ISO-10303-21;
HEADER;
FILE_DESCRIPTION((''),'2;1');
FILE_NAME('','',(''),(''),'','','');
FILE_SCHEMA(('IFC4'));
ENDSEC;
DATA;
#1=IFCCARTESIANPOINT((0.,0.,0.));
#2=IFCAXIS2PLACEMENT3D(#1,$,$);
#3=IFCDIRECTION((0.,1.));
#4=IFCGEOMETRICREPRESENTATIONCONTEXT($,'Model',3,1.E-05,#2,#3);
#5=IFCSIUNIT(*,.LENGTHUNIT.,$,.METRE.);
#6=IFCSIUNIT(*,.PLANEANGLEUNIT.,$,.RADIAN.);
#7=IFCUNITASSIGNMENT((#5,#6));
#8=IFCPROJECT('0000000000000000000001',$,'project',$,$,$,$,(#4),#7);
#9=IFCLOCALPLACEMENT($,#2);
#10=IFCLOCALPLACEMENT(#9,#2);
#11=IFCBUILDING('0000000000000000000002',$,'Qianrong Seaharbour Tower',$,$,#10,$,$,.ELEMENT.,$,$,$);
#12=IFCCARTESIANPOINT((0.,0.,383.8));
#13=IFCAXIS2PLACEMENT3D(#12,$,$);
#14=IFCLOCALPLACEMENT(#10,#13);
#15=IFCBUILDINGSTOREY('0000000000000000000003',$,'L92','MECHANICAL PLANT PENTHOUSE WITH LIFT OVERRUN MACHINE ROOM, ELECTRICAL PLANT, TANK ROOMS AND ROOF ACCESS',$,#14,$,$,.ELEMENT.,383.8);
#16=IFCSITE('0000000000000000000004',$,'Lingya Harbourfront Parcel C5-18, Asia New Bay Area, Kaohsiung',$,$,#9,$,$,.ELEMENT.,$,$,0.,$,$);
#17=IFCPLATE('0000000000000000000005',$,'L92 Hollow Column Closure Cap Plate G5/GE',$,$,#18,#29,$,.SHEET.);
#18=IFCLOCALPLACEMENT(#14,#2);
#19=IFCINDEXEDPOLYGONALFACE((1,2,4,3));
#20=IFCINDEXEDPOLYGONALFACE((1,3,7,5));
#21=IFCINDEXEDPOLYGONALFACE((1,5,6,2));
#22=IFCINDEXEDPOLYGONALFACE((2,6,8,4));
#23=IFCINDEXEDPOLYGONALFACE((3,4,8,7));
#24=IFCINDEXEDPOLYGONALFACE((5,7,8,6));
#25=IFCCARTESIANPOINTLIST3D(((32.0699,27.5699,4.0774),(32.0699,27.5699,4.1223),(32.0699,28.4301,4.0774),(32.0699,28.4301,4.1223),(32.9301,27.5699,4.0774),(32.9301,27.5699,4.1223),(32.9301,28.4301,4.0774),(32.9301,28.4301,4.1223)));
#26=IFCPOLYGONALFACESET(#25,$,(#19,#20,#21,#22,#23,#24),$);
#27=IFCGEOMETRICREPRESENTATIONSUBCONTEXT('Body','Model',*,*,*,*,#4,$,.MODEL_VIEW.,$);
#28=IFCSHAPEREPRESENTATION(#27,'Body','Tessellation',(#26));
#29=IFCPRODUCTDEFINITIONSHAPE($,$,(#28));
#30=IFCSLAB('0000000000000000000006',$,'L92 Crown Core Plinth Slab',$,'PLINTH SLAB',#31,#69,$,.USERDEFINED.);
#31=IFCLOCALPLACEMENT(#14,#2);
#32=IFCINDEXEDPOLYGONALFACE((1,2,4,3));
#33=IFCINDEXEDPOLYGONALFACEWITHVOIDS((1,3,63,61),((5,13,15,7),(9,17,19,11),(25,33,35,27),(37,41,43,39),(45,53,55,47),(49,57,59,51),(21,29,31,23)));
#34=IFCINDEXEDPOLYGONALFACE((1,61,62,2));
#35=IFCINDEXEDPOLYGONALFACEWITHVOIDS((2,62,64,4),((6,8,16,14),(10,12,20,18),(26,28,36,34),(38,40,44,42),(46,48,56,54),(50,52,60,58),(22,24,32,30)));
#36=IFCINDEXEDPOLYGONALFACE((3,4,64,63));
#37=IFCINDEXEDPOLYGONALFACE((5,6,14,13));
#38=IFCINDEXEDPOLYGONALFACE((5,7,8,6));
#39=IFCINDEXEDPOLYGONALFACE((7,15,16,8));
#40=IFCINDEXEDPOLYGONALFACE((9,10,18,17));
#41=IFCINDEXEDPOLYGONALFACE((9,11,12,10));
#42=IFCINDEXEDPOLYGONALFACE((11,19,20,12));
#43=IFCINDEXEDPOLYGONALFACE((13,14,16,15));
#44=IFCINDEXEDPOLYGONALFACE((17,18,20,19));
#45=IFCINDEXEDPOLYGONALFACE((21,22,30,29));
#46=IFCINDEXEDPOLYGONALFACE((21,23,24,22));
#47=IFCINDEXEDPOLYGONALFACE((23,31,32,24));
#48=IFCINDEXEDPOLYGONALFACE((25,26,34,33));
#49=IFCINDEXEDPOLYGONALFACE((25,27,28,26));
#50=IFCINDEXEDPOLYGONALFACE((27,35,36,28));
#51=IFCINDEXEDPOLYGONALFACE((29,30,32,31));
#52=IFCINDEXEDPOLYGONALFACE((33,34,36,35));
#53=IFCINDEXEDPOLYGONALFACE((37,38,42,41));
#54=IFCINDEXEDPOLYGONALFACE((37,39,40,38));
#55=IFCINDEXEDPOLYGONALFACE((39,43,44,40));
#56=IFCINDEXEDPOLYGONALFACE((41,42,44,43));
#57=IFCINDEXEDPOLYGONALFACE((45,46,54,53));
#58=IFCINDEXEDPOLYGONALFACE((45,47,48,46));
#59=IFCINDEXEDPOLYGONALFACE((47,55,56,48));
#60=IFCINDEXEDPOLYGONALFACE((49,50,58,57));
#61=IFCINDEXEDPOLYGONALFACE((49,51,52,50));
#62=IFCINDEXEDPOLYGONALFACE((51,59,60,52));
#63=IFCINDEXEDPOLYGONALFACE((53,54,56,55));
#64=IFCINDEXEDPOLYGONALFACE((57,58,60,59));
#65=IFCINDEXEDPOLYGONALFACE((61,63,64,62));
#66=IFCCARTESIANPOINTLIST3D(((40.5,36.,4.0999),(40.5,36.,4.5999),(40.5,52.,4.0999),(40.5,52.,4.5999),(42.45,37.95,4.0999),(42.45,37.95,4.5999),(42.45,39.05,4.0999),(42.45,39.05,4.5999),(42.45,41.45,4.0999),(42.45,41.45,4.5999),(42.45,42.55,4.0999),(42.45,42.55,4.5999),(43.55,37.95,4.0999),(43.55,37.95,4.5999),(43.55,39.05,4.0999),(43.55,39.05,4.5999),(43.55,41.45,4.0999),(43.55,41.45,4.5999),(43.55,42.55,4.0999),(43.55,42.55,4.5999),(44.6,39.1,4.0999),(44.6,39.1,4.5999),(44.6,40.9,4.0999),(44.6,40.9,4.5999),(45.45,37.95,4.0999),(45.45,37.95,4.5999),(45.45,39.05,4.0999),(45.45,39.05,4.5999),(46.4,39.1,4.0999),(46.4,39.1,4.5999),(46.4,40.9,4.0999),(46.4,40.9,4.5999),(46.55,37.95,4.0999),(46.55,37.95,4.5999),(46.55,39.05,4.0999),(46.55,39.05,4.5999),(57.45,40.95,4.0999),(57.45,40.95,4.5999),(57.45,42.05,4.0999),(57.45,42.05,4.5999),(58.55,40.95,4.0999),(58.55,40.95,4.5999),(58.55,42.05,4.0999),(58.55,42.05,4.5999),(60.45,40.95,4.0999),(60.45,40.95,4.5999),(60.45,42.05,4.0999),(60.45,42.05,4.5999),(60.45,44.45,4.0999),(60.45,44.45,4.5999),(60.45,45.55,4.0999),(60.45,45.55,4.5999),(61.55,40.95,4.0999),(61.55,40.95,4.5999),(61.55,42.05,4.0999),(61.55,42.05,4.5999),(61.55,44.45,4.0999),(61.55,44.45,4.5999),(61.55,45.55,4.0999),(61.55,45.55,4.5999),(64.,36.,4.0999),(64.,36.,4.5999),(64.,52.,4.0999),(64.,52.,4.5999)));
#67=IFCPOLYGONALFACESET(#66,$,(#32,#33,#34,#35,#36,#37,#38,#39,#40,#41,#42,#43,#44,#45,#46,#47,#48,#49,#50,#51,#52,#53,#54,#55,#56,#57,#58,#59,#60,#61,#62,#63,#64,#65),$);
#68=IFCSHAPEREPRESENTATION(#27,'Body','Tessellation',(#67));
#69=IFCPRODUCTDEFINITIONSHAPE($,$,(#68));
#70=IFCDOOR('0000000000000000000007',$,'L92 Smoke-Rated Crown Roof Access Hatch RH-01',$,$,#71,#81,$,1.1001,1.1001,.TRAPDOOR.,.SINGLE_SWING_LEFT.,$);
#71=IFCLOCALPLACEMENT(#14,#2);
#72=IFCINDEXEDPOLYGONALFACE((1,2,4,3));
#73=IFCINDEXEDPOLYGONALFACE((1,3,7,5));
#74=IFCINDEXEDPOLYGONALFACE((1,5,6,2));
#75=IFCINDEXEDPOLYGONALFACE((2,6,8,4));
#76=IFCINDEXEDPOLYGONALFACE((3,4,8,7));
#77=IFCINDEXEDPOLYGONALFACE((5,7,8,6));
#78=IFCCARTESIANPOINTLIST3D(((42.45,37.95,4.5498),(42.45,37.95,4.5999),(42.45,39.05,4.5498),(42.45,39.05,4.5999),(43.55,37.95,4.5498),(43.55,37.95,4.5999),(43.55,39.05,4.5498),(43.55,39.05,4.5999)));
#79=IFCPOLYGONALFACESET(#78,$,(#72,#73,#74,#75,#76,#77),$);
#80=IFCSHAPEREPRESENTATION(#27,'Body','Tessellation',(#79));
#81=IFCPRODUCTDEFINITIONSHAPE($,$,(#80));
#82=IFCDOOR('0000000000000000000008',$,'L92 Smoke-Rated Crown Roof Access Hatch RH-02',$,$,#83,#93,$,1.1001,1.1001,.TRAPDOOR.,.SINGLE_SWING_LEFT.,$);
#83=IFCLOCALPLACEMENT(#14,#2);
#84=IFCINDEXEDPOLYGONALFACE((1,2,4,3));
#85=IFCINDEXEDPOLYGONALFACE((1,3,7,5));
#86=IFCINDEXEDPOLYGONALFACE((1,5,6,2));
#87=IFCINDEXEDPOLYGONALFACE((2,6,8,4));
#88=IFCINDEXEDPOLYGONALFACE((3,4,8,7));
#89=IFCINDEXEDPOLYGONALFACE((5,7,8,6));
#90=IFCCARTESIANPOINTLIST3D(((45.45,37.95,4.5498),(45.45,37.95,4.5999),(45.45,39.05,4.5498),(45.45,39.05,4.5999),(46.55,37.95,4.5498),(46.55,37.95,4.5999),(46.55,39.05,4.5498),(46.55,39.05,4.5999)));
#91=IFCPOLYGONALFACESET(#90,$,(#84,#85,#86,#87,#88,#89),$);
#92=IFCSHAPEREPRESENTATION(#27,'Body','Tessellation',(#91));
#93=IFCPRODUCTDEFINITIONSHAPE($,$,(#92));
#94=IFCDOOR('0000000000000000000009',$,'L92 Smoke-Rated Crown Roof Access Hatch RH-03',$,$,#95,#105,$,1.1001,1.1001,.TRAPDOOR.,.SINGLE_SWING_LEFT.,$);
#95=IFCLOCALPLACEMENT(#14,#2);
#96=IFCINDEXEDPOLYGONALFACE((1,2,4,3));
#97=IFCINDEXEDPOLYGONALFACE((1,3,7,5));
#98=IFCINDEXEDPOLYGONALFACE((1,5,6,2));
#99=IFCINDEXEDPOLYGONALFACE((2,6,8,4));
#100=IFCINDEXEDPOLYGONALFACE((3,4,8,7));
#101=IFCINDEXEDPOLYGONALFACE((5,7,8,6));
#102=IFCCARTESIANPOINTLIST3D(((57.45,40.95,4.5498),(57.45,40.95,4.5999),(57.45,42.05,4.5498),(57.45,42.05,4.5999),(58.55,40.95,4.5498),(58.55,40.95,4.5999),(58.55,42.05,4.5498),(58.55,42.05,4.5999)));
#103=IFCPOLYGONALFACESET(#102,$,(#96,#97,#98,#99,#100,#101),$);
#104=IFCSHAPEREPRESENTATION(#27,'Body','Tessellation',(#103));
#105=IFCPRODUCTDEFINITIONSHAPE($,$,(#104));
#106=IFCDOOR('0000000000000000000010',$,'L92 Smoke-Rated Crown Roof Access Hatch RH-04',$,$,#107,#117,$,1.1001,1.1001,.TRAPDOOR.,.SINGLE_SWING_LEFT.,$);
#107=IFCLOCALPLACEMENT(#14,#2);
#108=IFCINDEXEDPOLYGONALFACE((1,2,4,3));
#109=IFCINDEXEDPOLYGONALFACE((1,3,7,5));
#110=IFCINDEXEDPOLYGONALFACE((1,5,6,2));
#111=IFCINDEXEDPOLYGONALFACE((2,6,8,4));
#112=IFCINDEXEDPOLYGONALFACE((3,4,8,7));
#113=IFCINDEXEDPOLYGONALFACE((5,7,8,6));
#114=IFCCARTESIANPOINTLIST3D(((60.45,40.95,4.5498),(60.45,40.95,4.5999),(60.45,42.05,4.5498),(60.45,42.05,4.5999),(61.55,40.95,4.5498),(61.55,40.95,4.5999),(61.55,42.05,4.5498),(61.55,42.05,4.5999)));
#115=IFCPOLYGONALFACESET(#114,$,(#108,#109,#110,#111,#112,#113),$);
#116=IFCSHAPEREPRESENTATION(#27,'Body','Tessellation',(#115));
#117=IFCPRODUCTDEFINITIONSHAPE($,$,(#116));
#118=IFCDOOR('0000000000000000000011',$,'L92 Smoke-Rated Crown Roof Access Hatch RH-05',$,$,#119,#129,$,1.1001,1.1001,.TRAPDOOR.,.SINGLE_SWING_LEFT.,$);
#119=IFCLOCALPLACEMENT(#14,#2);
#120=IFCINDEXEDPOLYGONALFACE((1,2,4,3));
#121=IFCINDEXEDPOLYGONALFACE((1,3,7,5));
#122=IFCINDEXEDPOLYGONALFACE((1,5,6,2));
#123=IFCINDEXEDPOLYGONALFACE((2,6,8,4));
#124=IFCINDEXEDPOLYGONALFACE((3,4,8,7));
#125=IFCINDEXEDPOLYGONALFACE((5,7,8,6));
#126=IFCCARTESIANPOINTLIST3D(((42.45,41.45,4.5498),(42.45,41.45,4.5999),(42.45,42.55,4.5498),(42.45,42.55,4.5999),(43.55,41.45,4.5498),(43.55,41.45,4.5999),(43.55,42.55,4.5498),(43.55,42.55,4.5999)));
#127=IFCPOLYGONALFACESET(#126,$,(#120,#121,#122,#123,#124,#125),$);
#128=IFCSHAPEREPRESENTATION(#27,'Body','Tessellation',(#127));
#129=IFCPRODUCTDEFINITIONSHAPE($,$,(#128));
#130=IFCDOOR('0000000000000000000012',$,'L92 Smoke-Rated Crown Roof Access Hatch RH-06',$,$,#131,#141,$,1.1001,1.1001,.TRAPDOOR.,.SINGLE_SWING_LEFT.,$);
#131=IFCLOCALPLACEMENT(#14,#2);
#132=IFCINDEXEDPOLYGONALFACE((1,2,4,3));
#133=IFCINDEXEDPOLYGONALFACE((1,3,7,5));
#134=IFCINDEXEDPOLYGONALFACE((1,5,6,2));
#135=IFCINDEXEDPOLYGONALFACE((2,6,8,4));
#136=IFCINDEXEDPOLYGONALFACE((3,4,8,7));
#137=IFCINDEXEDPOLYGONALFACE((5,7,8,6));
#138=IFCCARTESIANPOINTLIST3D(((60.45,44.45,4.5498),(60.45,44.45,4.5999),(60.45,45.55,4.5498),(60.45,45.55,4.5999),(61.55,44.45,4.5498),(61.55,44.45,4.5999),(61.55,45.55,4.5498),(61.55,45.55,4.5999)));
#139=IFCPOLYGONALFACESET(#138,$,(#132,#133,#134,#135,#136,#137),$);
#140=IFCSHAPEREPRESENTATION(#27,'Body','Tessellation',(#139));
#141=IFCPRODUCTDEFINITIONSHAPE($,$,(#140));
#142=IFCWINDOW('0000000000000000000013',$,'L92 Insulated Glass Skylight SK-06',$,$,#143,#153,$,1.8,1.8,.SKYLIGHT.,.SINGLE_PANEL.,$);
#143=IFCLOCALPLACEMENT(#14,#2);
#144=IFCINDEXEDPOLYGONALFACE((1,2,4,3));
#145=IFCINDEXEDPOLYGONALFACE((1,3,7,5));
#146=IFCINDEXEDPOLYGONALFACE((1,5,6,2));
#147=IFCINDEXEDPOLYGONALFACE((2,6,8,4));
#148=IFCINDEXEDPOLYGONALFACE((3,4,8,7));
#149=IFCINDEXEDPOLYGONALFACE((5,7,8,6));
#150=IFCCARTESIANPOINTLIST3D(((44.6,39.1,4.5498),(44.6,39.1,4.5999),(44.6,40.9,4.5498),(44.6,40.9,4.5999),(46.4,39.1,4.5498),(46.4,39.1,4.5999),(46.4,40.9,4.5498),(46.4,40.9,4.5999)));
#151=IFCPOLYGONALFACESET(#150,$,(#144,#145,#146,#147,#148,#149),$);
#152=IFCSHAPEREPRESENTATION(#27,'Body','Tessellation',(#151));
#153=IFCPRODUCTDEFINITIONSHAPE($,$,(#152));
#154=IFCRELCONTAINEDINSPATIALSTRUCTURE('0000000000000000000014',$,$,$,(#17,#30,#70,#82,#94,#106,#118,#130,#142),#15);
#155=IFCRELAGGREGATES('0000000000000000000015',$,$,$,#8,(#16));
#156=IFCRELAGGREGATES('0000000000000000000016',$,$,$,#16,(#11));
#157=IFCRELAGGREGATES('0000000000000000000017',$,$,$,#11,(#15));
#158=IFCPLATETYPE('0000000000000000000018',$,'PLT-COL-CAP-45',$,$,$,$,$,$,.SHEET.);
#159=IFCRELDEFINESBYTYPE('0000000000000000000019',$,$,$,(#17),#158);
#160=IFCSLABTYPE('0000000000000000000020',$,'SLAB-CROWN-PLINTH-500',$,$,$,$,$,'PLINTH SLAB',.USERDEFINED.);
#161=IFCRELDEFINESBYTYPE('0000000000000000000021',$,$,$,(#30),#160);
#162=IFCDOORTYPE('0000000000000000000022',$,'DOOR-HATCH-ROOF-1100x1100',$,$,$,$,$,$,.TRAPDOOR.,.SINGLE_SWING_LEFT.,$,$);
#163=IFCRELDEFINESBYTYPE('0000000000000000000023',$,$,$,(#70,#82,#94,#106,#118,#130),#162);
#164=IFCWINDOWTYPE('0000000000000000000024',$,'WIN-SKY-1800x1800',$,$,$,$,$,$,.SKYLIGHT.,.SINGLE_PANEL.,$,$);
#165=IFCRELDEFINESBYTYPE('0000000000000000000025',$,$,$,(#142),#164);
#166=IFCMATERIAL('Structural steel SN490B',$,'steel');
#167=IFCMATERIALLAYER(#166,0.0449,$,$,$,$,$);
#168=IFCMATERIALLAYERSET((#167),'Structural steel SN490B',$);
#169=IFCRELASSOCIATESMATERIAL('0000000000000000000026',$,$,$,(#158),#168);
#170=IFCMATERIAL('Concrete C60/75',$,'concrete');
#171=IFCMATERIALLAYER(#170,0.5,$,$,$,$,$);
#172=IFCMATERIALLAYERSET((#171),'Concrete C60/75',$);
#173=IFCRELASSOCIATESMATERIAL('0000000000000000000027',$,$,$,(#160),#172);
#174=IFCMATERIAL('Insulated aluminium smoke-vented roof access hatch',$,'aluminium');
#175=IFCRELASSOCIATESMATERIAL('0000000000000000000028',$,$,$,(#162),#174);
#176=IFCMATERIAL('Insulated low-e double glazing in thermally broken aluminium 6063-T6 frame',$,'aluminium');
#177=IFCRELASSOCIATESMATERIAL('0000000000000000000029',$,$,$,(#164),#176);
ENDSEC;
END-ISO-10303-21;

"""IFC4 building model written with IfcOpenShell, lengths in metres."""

from ifc_helpers import new_model, si_unit, direction, frame, origin, origin_2d, place, context, subcontext, project, spatial, polyline, rectangle, outline, extrude, material, layer, layer_set, type_object, element, fill, save


model = new_model("IFC4")

# Units and contexts
model_context = context("Model", 3, precision=1e-05, world=origin(), true_north=direction((0.0, 1.0)))
body_context = subcontext(model_context, "Body", "Model", "MODEL_VIEW")
ifc_project = project(units=[si_unit("LENGTHUNIT", "METRE"), si_unit("PLANEANGLEUNIT", "RADIAN")], contexts=[model_context])

# Site, building, storey
site_placement = place(None, origin())
site = spatial("IfcSite", under=ifc_project, at=site_placement, Name="Lingya Harbourfront Parcel C5-18, Asia New Bay Area, Kaohsiung", CompositionType="ELEMENT", RefElevation=0.0)
building_placement = place(site_placement, origin())
building = spatial("IfcBuilding", under=site, at=building_placement, Name="Qianrong Seaharbour Tower", CompositionType="ELEMENT")
storey_placement = place(building_placement, frame((0.0, 0.0, 383.8)))
storey = spatial("IfcBuildingStorey", under=building, at=storey_placement, Name="L92", Description="MECHANICAL PLANT PENTHOUSE WITH LIFT OVERRUN MACHINE ROOM, ELECTRICAL PLANT, TANK ROOMS AND ROOF ACCESS", CompositionType="ELEMENT", Elevation=383.8)

# Shared definitions
ifc_material_1 = material(Name="Structural steel SN490B", Category="steel")

# Plate
ifc_layer_1 = layer(ifc_material_1, 0.0449)
ifc_layer_set_1 = layer_set([ifc_layer_1], Name="Structural steel SN490B")
plate_type = type_object("IfcPlateType", Name="PLT-COL-CAP-45", PredefinedType="SHEET", material=ifc_layer_set_1)
plate_1_placement = place(storey_placement, frame((32.5, 28.0, 4.0774), z_axis=(0.0, 0.0, 1.0), x_axis=(1.0, 0.0, 0.0)))
element("IfcPlate", 1, at=plate_1_placement, inside=storey, type_object=plate_type, Name="L92 Hollow Column Closure Cap Plate G5/GE", PredefinedType="SHEET", context=body_context, shape_type="SweptSolid", body=[
    extrude(rectangle(XDim=0.8601, YDim=0.8601, at=origin_2d()), origin(), (0.0, 0.0, 1.0), 0.0449),
])

# Slab, openings, doors, window
ifc_material_2 = material(Name="Concrete C60/75", Category="concrete")
ifc_layer_2 = layer(ifc_material_2, 0.5)
ifc_layer_set_2 = layer_set([ifc_layer_2], Name="Concrete C60/75")
slab_type_1 = type_object("IfcSlabType", Name="SLAB-CROWN-PLINTH-500", ElementType="PLINTH SLAB", PredefinedType="USERDEFINED", material=ifc_layer_set_2)
slab_1_placement = place(storey_placement, frame((0.0, 0.0, 4.0999)))
slab_1 = element("IfcSlab", 2, at=slab_1_placement, inside=storey, type_object=slab_type_1, Name="L92 Crown Core Plinth Slab", ObjectType="PLINTH SLAB", PredefinedType="USERDEFINED", context=body_context, shape_type="SweptSolid", body=[
    extrude(outline(polyline([(40.5, 36.0), (64.0, 36.0), (64.0, 52.0), (40.5, 52.0), (40.5, 36.0)])), origin(), (0.0, 0.0, 1.0), 0.5),
])
opening_1_placement = place(slab_1_placement, frame((45.5, 40.0, -0.01)))
opening_1 = element("IfcOpeningElement", 3, at=opening_1_placement, cuts=slab_1, PredefinedType="OPENING", context=body_context, shape_type="SweptSolid", body=[
    extrude(rectangle(XDim=1.8, YDim=1.8, at=origin_2d()), origin(), (0.0, 0.0, 1.0), 0.52),
])
opening_2_placement = place(slab_1_placement, frame((43.0, 38.5, -0.01)))
opening_2 = element("IfcOpeningElement", 4, at=opening_2_placement, cuts=slab_1, PredefinedType="OPENING", context=body_context, shape_type="SweptSolid", body=[
    extrude(rectangle(XDim=1.1001, YDim=1.1001, at=origin_2d()), origin(), (0.0, 0.0, 1.0), 0.52),
])
opening_3_placement = place(slab_1_placement, frame((46.0, 38.5, -0.01)))
opening_3 = element("IfcOpeningElement", 5, at=opening_3_placement, cuts=slab_1, PredefinedType="OPENING", context=body_context, shape_type="SweptSolid", body=[
    extrude(rectangle(XDim=1.1001, YDim=1.1001, at=origin_2d()), origin(), (0.0, 0.0, 1.0), 0.52),
])
opening_4_placement = place(slab_1_placement, frame((58.0, 41.5, -0.01)))
opening_4 = element("IfcOpeningElement", 6, at=opening_4_placement, cuts=slab_1, PredefinedType="OPENING", context=body_context, shape_type="SweptSolid", body=[
    extrude(rectangle(XDim=1.1001, YDim=1.1001, at=origin_2d()), origin(), (0.0, 0.0, 1.0), 0.52),
])
opening_5_placement = place(slab_1_placement, frame((61.0, 41.5, -0.01)))
opening_5 = element("IfcOpeningElement", 7, at=opening_5_placement, cuts=slab_1, PredefinedType="OPENING", context=body_context, shape_type="SweptSolid", body=[
    extrude(rectangle(XDim=1.1001, YDim=1.1001, at=origin_2d()), origin(), (0.0, 0.0, 1.0), 0.52),
])
opening_6_placement = place(slab_1_placement, frame((43.0, 42.0, -0.01)))
opening_6 = element("IfcOpeningElement", 8, at=opening_6_placement, cuts=slab_1, PredefinedType="OPENING", context=body_context, shape_type="SweptSolid", body=[
    extrude(rectangle(XDim=1.1001, YDim=1.1001, at=origin_2d()), origin(), (0.0, 0.0, 1.0), 0.52),
])
opening_7_placement = place(slab_1_placement, frame((61.0, 45.0, -0.01)))
opening_7 = element("IfcOpeningElement", 9, at=opening_7_placement, cuts=slab_1, PredefinedType="OPENING", context=body_context, shape_type="SweptSolid", body=[
    extrude(rectangle(XDim=1.1001, YDim=1.1001, at=origin_2d()), origin(), (0.0, 0.0, 1.0), 0.52),
])
ifc_material_3 = material(Name="Insulated aluminium smoke-vented roof access hatch", Category="aluminium")
door_type = type_object("IfcDoorType", Name="DOOR-HATCH-ROOF-1100x1100", OperationType="SINGLE_SWING_LEFT", PredefinedType="TRAPDOOR", material=ifc_material_3)
door_1_placement = place(slab_1_placement, frame((43.0, 38.5, 0.45)))
door_1 = element("IfcDoor", 10, at=door_1_placement, inside=storey, type_object=door_type, Name="L92 Smoke-Rated Crown Roof Access Hatch RH-01", OperationType="SINGLE_SWING_LEFT", OverallHeight=1.1001, OverallWidth=1.1001, PredefinedType="TRAPDOOR", context=body_context, shape_type="SweptSolid", body=[
    extrude(rectangle(XDim=1.1001, YDim=1.1001, at=origin_2d()), origin(), (0.0, 0.0, 1.0), 0.05),
])
fill(opening_2, door_1)
door_2_placement = place(slab_1_placement, frame((46.0, 38.5, 0.45)))
door_2 = element("IfcDoor", 11, at=door_2_placement, inside=storey, type_object=door_type, Name="L92 Smoke-Rated Crown Roof Access Hatch RH-02", OperationType="SINGLE_SWING_LEFT", OverallHeight=1.1001, OverallWidth=1.1001, PredefinedType="TRAPDOOR", context=body_context, shape_type="SweptSolid", body=[
    extrude(rectangle(XDim=1.1001, YDim=1.1001, at=origin_2d()), origin(), (0.0, 0.0, 1.0), 0.05),
])
fill(opening_3, door_2)
door_3_placement = place(slab_1_placement, frame((58.0, 41.5, 0.45)))
door_3 = element("IfcDoor", 12, at=door_3_placement, inside=storey, type_object=door_type, Name="L92 Smoke-Rated Crown Roof Access Hatch RH-03", OperationType="SINGLE_SWING_LEFT", OverallHeight=1.1001, OverallWidth=1.1001, PredefinedType="TRAPDOOR", context=body_context, shape_type="SweptSolid", body=[
    extrude(rectangle(XDim=1.1001, YDim=1.1001, at=origin_2d()), origin(), (0.0, 0.0, 1.0), 0.05),
])
fill(opening_4, door_3)
door_4_placement = place(slab_1_placement, frame((61.0, 41.5, 0.45)))
door_4 = element("IfcDoor", 13, at=door_4_placement, inside=storey, type_object=door_type, Name="L92 Smoke-Rated Crown Roof Access Hatch RH-04", OperationType="SINGLE_SWING_LEFT", OverallHeight=1.1001, OverallWidth=1.1001, PredefinedType="TRAPDOOR", context=body_context, shape_type="SweptSolid", body=[
    extrude(rectangle(XDim=1.1001, YDim=1.1001, at=origin_2d()), origin(), (0.0, 0.0, 1.0), 0.05),
])
fill(opening_5, door_4)
door_5_placement = place(slab_1_placement, frame((43.0, 42.0, 0.45)))
door_5 = element("IfcDoor", 14, at=door_5_placement, inside=storey, type_object=door_type, Name="L92 Smoke-Rated Crown Roof Access Hatch RH-05", OperationType="SINGLE_SWING_LEFT", OverallHeight=1.1001, OverallWidth=1.1001, PredefinedType="TRAPDOOR", context=body_context, shape_type="SweptSolid", body=[
    extrude(rectangle(XDim=1.1001, YDim=1.1001, at=origin_2d()), origin(), (0.0, 0.0, 1.0), 0.05),
])
fill(opening_6, door_5)
door_6_placement = place(slab_1_placement, frame((61.0, 45.0, 0.45)))
door_6 = element("IfcDoor", 15, at=door_6_placement, inside=storey, type_object=door_type, Name="L92 Smoke-Rated Crown Roof Access Hatch RH-06", OperationType="SINGLE_SWING_LEFT", OverallHeight=1.1001, OverallWidth=1.1001, PredefinedType="TRAPDOOR", context=body_context, shape_type="SweptSolid", body=[
    extrude(rectangle(XDim=1.1001, YDim=1.1001, at=origin_2d()), origin(), (0.0, 0.0, 1.0), 0.05),
])
fill(opening_7, door_6)
ifc_material_4 = material(Name="Insulated low-e double glazing in thermally broken aluminium 6063-T6 frame", Category="aluminium")
window_type = type_object("IfcWindowType", Name="WIN-SKY-1800x1800", PartitioningType="SINGLE_PANEL", PredefinedType="SKYLIGHT", material=ifc_material_4)
window_placement = place(slab_1_placement, frame((45.5, 40.0, 0.45)))
window = element("IfcWindow", 16, at=window_placement, inside=storey, type_object=window_type, Name="L92 Insulated Glass Skylight SK-06", OverallHeight=1.8, OverallWidth=1.8, PartitioningType="SINGLE_PANEL", PredefinedType="SKYLIGHT", context=body_context, shape_type="SweptSolid", body=[
    extrude(rectangle(XDim=1.8, YDim=1.8, at=origin_2d()), origin(), (0.0, 0.0, 1.0), 0.05),
])
fill(opening_1, window)

save(model, "model.ifc")
